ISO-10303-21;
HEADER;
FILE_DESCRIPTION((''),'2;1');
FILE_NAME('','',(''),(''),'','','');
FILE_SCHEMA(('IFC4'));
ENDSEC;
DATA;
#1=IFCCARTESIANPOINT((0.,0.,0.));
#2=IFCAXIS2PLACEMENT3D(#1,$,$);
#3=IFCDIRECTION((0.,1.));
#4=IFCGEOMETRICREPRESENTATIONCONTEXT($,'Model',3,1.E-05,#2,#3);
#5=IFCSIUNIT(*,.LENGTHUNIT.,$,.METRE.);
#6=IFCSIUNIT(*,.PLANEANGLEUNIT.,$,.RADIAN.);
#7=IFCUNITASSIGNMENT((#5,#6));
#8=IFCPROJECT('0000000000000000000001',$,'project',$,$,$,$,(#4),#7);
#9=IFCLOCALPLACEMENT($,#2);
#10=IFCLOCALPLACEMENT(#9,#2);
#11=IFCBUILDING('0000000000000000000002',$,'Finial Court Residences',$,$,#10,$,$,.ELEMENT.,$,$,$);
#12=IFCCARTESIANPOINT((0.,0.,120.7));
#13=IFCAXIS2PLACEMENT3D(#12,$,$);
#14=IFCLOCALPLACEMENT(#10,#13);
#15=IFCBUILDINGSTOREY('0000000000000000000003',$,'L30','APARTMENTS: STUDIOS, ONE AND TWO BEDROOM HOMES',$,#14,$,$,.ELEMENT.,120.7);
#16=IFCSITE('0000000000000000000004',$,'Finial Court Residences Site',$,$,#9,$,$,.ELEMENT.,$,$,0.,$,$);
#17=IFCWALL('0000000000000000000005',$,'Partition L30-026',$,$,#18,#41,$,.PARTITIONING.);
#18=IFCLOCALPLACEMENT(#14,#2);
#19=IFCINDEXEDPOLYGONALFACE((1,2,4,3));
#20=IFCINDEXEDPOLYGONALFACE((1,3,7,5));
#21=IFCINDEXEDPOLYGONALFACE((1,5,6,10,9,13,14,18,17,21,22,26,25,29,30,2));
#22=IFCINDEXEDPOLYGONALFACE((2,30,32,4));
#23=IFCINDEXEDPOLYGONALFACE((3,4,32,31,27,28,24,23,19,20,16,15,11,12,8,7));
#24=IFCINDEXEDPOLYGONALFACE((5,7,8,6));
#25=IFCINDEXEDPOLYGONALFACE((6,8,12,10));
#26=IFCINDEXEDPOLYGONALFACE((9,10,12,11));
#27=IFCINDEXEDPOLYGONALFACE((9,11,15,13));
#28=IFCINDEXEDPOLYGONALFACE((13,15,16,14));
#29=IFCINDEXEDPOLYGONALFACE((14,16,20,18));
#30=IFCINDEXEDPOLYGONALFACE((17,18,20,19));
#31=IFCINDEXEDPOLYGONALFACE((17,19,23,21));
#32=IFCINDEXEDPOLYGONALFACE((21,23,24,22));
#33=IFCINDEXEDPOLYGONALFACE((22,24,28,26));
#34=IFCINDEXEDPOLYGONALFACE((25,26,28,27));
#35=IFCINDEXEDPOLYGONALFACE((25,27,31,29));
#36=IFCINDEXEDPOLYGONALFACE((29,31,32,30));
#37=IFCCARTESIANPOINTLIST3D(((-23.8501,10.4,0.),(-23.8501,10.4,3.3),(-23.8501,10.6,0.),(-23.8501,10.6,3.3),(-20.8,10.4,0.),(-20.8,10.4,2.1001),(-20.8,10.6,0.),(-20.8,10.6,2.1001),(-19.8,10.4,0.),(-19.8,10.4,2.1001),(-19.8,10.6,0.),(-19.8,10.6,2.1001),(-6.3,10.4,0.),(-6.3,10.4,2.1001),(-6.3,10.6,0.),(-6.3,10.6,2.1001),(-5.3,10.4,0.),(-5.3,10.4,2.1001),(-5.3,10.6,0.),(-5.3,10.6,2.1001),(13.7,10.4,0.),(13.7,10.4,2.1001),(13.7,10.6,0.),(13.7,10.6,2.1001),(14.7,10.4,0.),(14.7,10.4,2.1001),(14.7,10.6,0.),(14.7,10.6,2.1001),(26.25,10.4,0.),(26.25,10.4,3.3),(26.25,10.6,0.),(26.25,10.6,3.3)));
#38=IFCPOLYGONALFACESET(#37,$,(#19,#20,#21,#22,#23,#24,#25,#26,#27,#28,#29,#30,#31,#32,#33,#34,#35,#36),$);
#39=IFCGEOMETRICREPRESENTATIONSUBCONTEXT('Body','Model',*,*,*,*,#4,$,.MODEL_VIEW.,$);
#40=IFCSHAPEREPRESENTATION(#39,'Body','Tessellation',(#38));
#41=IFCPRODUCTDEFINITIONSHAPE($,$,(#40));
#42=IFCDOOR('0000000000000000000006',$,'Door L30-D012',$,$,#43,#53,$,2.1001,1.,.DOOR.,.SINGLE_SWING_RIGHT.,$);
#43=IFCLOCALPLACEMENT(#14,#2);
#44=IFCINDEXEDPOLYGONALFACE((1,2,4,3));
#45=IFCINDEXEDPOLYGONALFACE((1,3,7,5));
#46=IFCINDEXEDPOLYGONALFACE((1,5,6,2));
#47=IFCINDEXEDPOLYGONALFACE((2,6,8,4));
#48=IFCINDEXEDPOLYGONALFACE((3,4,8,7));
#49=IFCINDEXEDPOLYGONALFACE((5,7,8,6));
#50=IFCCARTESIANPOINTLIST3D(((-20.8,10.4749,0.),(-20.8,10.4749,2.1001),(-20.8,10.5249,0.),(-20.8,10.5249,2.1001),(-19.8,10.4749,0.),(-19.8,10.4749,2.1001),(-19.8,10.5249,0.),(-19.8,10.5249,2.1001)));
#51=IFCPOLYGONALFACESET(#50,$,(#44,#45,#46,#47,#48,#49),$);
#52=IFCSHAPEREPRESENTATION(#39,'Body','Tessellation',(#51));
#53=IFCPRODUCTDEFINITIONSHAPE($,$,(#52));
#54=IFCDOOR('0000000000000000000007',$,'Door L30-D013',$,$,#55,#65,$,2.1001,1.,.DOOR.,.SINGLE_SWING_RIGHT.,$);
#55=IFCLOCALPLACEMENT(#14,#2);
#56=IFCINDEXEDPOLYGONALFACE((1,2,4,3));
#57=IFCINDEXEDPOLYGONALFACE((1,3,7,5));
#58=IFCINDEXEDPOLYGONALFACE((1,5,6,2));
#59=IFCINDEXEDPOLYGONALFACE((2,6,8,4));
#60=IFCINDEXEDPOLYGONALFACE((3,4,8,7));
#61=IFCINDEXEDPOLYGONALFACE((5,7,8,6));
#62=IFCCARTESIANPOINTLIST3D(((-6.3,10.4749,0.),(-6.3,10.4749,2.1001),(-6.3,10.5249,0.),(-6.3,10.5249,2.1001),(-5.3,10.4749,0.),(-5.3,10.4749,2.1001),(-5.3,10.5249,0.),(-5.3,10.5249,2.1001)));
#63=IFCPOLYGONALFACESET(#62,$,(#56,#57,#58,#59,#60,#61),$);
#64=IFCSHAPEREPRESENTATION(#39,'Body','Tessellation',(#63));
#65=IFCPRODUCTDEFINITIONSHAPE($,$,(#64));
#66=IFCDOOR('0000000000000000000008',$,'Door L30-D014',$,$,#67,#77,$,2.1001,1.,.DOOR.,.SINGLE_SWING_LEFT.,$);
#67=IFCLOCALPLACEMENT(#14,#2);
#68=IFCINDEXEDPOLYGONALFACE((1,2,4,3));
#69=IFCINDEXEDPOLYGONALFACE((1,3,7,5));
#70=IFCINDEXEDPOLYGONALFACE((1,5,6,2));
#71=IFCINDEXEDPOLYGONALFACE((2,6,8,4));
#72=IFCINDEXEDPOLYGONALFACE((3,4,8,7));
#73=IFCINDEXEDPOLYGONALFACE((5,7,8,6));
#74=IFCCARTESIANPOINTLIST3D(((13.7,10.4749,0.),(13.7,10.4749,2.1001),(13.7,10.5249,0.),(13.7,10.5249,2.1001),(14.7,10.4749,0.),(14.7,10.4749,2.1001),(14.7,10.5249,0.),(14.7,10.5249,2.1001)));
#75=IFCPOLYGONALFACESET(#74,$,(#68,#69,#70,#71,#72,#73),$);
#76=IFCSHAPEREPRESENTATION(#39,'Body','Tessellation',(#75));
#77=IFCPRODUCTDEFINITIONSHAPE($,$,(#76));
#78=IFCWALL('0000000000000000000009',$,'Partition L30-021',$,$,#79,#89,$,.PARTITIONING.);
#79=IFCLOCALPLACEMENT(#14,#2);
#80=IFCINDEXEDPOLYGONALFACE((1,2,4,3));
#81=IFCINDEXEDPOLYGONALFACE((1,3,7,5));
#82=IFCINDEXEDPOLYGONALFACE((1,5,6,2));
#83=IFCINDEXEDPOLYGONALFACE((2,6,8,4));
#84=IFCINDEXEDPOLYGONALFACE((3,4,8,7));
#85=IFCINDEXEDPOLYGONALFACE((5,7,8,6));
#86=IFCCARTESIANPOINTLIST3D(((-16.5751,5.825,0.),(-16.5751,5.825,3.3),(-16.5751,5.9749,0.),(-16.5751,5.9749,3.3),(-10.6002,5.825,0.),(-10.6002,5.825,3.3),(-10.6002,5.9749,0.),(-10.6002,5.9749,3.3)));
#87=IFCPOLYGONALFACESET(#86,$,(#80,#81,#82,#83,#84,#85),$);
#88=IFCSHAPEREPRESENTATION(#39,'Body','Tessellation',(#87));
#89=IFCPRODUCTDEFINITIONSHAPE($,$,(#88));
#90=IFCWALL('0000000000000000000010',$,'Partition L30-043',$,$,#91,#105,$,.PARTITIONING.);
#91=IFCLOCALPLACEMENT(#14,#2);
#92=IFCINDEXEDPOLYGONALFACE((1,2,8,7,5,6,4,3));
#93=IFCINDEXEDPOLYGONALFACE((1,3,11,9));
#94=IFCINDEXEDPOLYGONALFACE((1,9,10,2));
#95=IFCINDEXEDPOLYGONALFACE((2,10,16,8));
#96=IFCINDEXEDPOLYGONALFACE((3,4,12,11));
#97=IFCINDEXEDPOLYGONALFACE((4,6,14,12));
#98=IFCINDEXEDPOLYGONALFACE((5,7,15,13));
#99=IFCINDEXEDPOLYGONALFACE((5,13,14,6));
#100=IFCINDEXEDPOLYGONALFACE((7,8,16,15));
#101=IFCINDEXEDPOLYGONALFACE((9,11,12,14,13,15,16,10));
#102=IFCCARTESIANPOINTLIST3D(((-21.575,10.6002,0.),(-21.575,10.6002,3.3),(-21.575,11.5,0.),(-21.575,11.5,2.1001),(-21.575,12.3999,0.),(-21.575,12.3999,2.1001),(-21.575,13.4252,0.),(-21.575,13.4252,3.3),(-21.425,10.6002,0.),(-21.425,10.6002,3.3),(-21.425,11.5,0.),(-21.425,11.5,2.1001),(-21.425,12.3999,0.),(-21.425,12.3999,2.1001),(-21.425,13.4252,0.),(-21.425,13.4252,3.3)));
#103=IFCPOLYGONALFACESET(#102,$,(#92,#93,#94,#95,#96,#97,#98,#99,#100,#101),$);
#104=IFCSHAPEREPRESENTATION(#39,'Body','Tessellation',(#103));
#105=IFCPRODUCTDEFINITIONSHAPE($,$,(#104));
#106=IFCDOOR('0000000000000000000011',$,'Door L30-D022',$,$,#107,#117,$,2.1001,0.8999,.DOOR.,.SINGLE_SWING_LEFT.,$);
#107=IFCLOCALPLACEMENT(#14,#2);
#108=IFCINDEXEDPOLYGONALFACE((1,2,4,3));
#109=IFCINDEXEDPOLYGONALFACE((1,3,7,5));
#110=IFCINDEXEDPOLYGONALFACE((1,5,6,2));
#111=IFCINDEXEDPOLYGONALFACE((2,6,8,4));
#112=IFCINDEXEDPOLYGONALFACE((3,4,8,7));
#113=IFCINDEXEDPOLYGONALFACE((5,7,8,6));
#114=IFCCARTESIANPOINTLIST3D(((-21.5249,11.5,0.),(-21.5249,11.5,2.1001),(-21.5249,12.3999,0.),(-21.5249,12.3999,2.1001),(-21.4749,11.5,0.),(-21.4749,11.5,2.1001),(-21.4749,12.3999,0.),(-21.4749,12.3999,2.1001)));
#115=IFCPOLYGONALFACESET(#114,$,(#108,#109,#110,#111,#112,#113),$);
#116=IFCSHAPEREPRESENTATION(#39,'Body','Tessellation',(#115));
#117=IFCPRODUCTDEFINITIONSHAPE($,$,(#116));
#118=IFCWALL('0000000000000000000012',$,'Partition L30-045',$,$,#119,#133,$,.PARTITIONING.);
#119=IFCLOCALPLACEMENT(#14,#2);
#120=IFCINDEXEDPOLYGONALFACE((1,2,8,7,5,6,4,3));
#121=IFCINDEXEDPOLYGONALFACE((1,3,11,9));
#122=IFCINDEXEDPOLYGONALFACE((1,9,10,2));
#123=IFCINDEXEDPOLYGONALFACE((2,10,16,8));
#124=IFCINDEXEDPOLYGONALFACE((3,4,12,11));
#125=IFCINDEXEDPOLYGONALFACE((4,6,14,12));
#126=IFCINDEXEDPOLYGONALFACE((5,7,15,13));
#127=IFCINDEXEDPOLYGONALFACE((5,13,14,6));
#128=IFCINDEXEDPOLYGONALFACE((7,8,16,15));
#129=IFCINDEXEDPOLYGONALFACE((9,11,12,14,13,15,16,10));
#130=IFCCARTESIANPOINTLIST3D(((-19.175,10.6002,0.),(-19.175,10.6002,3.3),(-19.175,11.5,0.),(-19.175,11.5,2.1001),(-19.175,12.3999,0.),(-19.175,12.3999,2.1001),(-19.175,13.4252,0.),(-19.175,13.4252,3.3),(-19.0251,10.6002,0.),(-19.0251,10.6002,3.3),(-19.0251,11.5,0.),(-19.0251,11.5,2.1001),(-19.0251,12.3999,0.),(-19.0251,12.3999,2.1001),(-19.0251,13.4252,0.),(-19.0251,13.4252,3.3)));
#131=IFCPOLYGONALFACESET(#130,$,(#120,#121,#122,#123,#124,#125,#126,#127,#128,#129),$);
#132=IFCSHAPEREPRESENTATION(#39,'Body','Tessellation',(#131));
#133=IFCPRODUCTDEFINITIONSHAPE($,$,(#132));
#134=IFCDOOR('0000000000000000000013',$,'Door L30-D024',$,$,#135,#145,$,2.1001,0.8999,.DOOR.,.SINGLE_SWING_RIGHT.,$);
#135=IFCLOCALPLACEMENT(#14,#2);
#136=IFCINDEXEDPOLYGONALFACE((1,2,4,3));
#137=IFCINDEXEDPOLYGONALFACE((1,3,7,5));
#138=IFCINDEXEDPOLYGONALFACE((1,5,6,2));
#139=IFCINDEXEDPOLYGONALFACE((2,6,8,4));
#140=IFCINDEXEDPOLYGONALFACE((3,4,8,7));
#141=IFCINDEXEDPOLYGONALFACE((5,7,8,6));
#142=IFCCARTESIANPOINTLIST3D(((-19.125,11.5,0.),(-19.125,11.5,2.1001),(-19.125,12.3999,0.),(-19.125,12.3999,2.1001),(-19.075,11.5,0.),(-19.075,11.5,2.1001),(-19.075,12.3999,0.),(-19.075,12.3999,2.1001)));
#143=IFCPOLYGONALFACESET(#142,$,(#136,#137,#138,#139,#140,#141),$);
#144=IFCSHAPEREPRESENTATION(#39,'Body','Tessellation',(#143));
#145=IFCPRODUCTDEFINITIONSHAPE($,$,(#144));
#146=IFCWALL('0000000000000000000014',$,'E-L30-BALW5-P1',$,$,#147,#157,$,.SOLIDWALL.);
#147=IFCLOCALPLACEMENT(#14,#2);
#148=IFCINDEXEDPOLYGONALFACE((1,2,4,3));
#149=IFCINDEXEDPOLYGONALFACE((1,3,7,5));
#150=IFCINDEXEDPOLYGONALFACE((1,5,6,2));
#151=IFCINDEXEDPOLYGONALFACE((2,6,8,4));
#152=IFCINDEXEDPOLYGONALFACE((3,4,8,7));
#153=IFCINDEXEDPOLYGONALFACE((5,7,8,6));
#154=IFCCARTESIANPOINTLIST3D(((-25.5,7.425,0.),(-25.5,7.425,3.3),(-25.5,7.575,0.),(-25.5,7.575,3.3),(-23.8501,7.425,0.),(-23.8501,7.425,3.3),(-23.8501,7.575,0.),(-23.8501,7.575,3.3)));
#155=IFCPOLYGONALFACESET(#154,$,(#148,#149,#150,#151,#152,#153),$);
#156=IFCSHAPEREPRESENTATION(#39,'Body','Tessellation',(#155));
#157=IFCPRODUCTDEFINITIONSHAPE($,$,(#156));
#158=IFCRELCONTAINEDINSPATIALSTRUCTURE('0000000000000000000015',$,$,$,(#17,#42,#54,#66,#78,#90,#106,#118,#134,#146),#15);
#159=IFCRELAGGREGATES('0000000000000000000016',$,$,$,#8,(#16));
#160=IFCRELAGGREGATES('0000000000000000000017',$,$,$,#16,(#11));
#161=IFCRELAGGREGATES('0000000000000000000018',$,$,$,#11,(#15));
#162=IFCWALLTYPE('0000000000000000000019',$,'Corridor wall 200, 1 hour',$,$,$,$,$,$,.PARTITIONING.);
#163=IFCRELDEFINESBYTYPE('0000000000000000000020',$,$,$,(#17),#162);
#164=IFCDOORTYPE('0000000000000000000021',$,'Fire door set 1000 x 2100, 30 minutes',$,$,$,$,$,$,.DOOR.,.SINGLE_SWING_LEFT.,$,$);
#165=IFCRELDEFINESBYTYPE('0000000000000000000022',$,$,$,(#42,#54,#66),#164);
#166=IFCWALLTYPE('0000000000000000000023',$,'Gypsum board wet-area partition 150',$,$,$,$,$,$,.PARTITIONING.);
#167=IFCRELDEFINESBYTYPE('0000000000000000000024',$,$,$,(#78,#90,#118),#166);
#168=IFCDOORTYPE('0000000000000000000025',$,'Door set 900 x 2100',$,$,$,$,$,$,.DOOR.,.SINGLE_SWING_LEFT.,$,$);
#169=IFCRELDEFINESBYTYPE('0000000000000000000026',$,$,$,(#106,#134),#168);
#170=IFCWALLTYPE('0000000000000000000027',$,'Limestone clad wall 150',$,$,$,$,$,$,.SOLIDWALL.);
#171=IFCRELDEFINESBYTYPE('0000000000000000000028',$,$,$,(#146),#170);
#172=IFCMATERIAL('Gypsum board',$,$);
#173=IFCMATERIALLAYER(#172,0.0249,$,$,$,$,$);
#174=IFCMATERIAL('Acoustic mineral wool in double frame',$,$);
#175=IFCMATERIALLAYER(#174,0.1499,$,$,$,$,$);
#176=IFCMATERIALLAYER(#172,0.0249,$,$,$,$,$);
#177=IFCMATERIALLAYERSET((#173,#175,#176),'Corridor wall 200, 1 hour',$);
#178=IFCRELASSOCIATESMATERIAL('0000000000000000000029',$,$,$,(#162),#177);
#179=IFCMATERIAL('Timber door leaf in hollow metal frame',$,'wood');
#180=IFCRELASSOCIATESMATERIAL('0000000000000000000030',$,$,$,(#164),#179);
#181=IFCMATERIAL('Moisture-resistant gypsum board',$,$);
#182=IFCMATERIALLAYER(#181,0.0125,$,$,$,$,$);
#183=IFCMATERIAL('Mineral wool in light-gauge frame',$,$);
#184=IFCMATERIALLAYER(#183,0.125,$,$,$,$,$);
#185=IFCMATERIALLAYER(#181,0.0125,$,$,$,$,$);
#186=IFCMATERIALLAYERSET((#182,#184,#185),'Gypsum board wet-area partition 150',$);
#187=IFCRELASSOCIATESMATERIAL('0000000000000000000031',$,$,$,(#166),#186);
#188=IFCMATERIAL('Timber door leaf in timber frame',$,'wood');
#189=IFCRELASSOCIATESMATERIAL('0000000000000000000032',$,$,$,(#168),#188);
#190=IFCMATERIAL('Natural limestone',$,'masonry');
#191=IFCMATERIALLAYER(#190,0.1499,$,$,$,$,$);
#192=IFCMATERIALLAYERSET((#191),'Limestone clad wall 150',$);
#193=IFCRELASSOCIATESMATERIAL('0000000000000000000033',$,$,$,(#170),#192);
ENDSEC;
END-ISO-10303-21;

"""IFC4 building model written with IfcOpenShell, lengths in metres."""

from ifc_helpers import new_model, si_unit, direction, frame, frame_2d, origin, place, context, subcontext, project, spatial, rectangle, extrude, material, layer, layer_set, type_object, element, fill, save


model = new_model("IFC4")

# Units and contexts
model_context = context("Model", 3, precision=1e-05, world=origin(), true_north=direction((0.0, 1.0)))
body_context = subcontext(model_context, "Body", "Model", "MODEL_VIEW")
ifc_project = project(units=[si_unit("LENGTHUNIT", "METRE"), si_unit("PLANEANGLEUNIT", "RADIAN")], contexts=[model_context])

# Site, building, storey
site_placement = place(None, origin())
site = spatial("IfcSite", under=ifc_project, at=site_placement, Name="Finial Court Residences Site", CompositionType="ELEMENT", RefElevation=0.0)
building_placement = place(site_placement, origin())
building = spatial("IfcBuilding", under=site, at=building_placement, Name="Finial Court Residences", CompositionType="ELEMENT")
storey_placement = place(building_placement, frame((0.0, 0.0, 120.7)))
storey = spatial("IfcBuildingStorey", under=building, at=storey_placement, Name="L30", Description="APARTMENTS: STUDIOS, ONE AND TWO BEDROOM HOMES", CompositionType="ELEMENT", Elevation=120.7)

# Shared definitions
ifc_material_1 = material(Name="Gypsum board")
ifc_material_2 = material(Name="Acoustic mineral wool in double frame")
ifc_layer_1 = layer(ifc_material_1, 0.0249)
ifc_layer_2 = layer(ifc_material_2, 0.1499)
ifc_layer_3 = layer(ifc_material_1, 0.0249)
ifc_layer_set_1 = layer_set([ifc_layer_1, ifc_layer_2, ifc_layer_3], Name="Corridor wall 200, 1 hour")
wall_type_1 = type_object("IfcWallType", Name="Corridor wall 200, 1 hour", PredefinedType="PARTITIONING", material=ifc_layer_set_1)

# Wall, openings, doors
wall_1_placement = place(storey_placement, frame((-23.8501, 10.5, 0.0), z_axis=(0.0, 0.0, 1.0), x_axis=(1.0, 0.0, 0.0)))
wall_1 = element("IfcWall", 1, at=wall_1_placement, inside=storey, type_object=wall_type_1, Name="Partition L30-026", PredefinedType="PARTITIONING", context=body_context, shape_type="SweptSolid", body=[
    extrude(rectangle(XDim=50.1001, YDim=0.2, at=frame_2d((25.05, 0.0))), origin(), (0.0, 0.0, 1.0), 3.3),
])
opening_1_placement = place(wall_1_placement, frame((3.05, 0.0, 0.0)))
opening_1 = element("IfcOpeningElement", 2, at=opening_1_placement, cuts=wall_1, PredefinedType="OPENING", context=body_context, shape_type="SweptSolid", body=[
    extrude(rectangle(XDim=1.0, YDim=2.1001, at=frame_2d((0.5, 1.05))), frame((0.0, 0.1099, 0.0), z_axis=(0.0, -1.0, 0.0), x_axis=(1.0, 0.0, 0.0)), (0.0, 0.0, 1.0), 0.22),
])
opening_2_placement = place(wall_1_placement, frame((17.55, 0.0, 0.0)))
opening_2 = element("IfcOpeningElement", 3, at=opening_2_placement, cuts=wall_1, PredefinedType="OPENING", context=body_context, shape_type="SweptSolid", body=[
    extrude(rectangle(XDim=1.0, YDim=2.1001, at=frame_2d((0.5, 1.05))), frame((0.0, 0.1099, 0.0), z_axis=(0.0, -1.0, 0.0), x_axis=(1.0, 0.0, 0.0)), (0.0, 0.0, 1.0), 0.22),
])
opening_3_placement = place(wall_1_placement, frame((37.55, 0.0, 0.0)))
opening_3 = element("IfcOpeningElement", 4, at=opening_3_placement, cuts=wall_1, PredefinedType="OPENING", context=body_context, shape_type="SweptSolid", body=[
    extrude(rectangle(XDim=1.0, YDim=2.1001, at=frame_2d((0.5, 1.05))), frame((0.0, 0.1099, 0.0), z_axis=(0.0, -1.0, 0.0), x_axis=(1.0, 0.0, 0.0)), (0.0, 0.0, 1.0), 0.22),
])
ifc_material_3 = material(Name="Timber door leaf in hollow metal frame", Category="wood")
door_type_1 = type_object("IfcDoorType", Name="Fire door set 1000 x 2100, 30 minutes", OperationType="SINGLE_SWING_LEFT", PredefinedType="DOOR", material=ifc_material_3)
door_1_placement = place(opening_1_placement, origin())
door_1 = element("IfcDoor", 5, at=door_1_placement, inside=storey, type_object=door_type_1, Name="Door L30-D012", OperationType="SINGLE_SWING_RIGHT", OverallHeight=2.1001, OverallWidth=1.0, PredefinedType="DOOR", context=body_context, shape_type="SweptSolid", body=[
    extrude(rectangle(XDim=1.0, YDim=2.1001, at=frame_2d((0.5, 1.05))), frame((0.0, 0.0249, 0.0), z_axis=(0.0, -1.0, 0.0), x_axis=(1.0, 0.0, 0.0)), (0.0, 0.0, 1.0), 0.05),
])
fill(opening_1, door_1)
door_2_placement = place(opening_2_placement, origin())
door_2 = element("IfcDoor", 6, at=door_2_placement, inside=storey, type_object=door_type_1, Name="Door L30-D013", OperationType="SINGLE_SWING_RIGHT", OverallHeight=2.1001, OverallWidth=1.0, PredefinedType="DOOR", context=body_context, shape_type="SweptSolid", body=[
    extrude(rectangle(XDim=1.0, YDim=2.1001, at=frame_2d((0.5, 1.05))), frame((0.0, 0.0249, 0.0), z_axis=(0.0, -1.0, 0.0), x_axis=(1.0, 0.0, 0.0)), (0.0, 0.0, 1.0), 0.05),
])
fill(opening_2, door_2)
door_3_placement = place(opening_3_placement, origin())
door_3 = element("IfcDoor", 7, at=door_3_placement, inside=storey, type_object=door_type_1, Name="Door L30-D014", OperationType="SINGLE_SWING_LEFT", OverallHeight=2.1001, OverallWidth=1.0, PredefinedType="DOOR", context=body_context, shape_type="SweptSolid", body=[
    extrude(rectangle(XDim=1.0, YDim=2.1001, at=frame_2d((0.5, 1.05))), frame((0.0, 0.0249, 0.0), z_axis=(0.0, -1.0, 0.0), x_axis=(1.0, 0.0, 0.0)), (0.0, 0.0, 1.0), 0.05),
])
fill(opening_3, door_3)

# Wall
ifc_material_4 = material(Name="Moisture-resistant gypsum board")
ifc_layer_4 = layer(ifc_material_4, 0.0125)
ifc_material_5 = material(Name="Mineral wool in light-gauge frame")
ifc_layer_5 = layer(ifc_material_5, 0.125)
ifc_layer_6 = layer(ifc_material_4, 0.0125)
ifc_layer_set_2 = layer_set([ifc_layer_4, ifc_layer_5, ifc_layer_6], Name="Gypsum board wet-area partition 150")
wall_type_2 = type_object("IfcWallType", Name="Gypsum board wet-area partition 150", PredefinedType="PARTITIONING", material=ifc_layer_set_2)
wall_2_placement = place(storey_placement, frame((-16.575, 5.8999, 0.0), z_axis=(0.0, 0.0, 1.0), x_axis=(1.0, 0.0, 0.0)))
element("IfcWall", 8, at=wall_2_placement, inside=storey, type_object=wall_type_2, Name="Partition L30-021", PredefinedType="PARTITIONING", context=body_context, shape_type="SweptSolid", body=[
    extrude(rectangle(XDim=5.9749, YDim=0.1499, at=frame_2d((2.9873, 0.0))), origin(), (0.0, 0.0, 1.0), 3.3),
])

# Walls, openings, doors
wall_3_placement = place(storey_placement, frame((-21.5, 10.6001, 0.0), z_axis=(0.0, 0.0, 1.0), x_axis=(0.0, 1.0, 0.0)))
wall_3 = element("IfcWall", 9, at=wall_3_placement, inside=storey, type_object=wall_type_2, Name="Partition L30-043", PredefinedType="PARTITIONING", context=body_context, shape_type="SweptSolid", body=[
    extrude(rectangle(XDim=2.825, YDim=0.1499, at=frame_2d((1.4126, 0.0))), origin(), (0.0, 0.0, 1.0), 3.3),
])
opening_4_placement = place(wall_3_placement, frame((0.8999, 0.0, 0.0)))
opening_4 = element("IfcOpeningElement", 10, at=opening_4_placement, cuts=wall_3, PredefinedType="OPENING", context=body_context, shape_type="SweptSolid", body=[
    extrude(rectangle(XDim=0.8999, YDim=2.1001, at=frame_2d((0.45, 1.05))), frame((0.0, 0.085, 0.0), z_axis=(0.0, -1.0, 0.0), x_axis=(1.0, 0.0, 0.0)), (0.0, 0.0, 1.0), 0.1699),
])
ifc_material_6 = material(Name="Timber door leaf in timber frame", Category="wood")
door_type_2 = type_object("IfcDoorType", Name="Door set 900 x 2100", OperationType="SINGLE_SWING_LEFT", PredefinedType="DOOR", material=ifc_material_6)
door_4_placement = place(opening_4_placement, origin())
door_4 = element("IfcDoor", 11, at=door_4_placement, inside=storey, type_object=door_type_2, Name="Door L30-D022", OperationType="SINGLE_SWING_LEFT", OverallHeight=2.1001, OverallWidth=0.8999, PredefinedType="DOOR", context=body_context, shape_type="SweptSolid", body=[
    extrude(rectangle(XDim=0.8999, YDim=2.1001, at=frame_2d((0.45, 1.05))), frame((0.0, 0.0249, 0.0), z_axis=(0.0, -1.0, 0.0), x_axis=(1.0, 0.0, 0.0)), (0.0, 0.0, 1.0), 0.05),
])
fill(opening_4, door_4)
wall_4_placement = place(storey_placement, frame((-19.1001, 10.6001, 0.0), z_axis=(0.0, 0.0, 1.0), x_axis=(0.0, 1.0, 0.0)))
wall_4 = element("IfcWall", 12, at=wall_4_placement, inside=storey, type_object=wall_type_2, Name="Partition L30-045", PredefinedType="PARTITIONING", context=body_context, shape_type="SweptSolid", body=[
    extrude(rectangle(XDim=2.825, YDim=0.1499, at=frame_2d((1.4126, 0.0))), origin(), (0.0, 0.0, 1.0), 3.3),
])
opening_5_placement = place(wall_4_placement, frame((0.8999, 0.0, 0.0)))
opening_5 = element("IfcOpeningElement", 13, at=opening_5_placement, cuts=wall_4, PredefinedType="OPENING", context=body_context, shape_type="SweptSolid", body=[
    extrude(rectangle(XDim=0.8999, YDim=2.1001, at=frame_2d((0.45, 1.05))), frame((0.0, 0.085, 0.0), z_axis=(0.0, -1.0, 0.0), x_axis=(1.0, 0.0, 0.0)), (0.0, 0.0, 1.0), 0.1699),
])
door_5_placement = place(opening_5_placement, origin())
door_5 = element("IfcDoor", 14, at=door_5_placement, inside=storey, type_object=door_type_2, Name="Door L30-D024", OperationType="SINGLE_SWING_RIGHT", OverallHeight=2.1001, OverallWidth=0.8999, PredefinedType="DOOR", context=body_context, shape_type="SweptSolid", body=[
    extrude(rectangle(XDim=0.8999, YDim=2.1001, at=frame_2d((0.45, 1.05))), frame((0.0, 0.0249, 0.0), z_axis=(0.0, -1.0, 0.0), x_axis=(1.0, 0.0, 0.0)), (0.0, 0.0, 1.0), 0.05),
])
fill(opening_5, door_5)

# Wall
ifc_material_7 = material(Name="Natural limestone", Category="masonry")
ifc_layer_7 = layer(ifc_material_7, 0.1499)
ifc_layer_set_3 = layer_set([ifc_layer_7], Name="Limestone clad wall 150")
wall_type_3 = type_object("IfcWallType", Name="Limestone clad wall 150", PredefinedType="SOLIDWALL", material=ifc_layer_set_3)
wall_5_placement = place(storey_placement, frame((-23.8501, 7.5, 0.0), z_axis=(0.0, 0.0, 1.0), x_axis=(-1.0, 0.0, 0.0)))
element("IfcWall", 15, at=wall_5_placement, inside=storey, type_object=wall_type_3, Name="E-L30-BALW5-P1", PredefinedType="SOLIDWALL", context=body_context, shape_type="SweptSolid", body=[
    extrude(rectangle(XDim=1.6499, YDim=0.1499, at=frame_2d((0.825, 0.0))), origin(), (0.0, 0.0, 1.0), 3.3),
])

save(model, "model.ifc")
